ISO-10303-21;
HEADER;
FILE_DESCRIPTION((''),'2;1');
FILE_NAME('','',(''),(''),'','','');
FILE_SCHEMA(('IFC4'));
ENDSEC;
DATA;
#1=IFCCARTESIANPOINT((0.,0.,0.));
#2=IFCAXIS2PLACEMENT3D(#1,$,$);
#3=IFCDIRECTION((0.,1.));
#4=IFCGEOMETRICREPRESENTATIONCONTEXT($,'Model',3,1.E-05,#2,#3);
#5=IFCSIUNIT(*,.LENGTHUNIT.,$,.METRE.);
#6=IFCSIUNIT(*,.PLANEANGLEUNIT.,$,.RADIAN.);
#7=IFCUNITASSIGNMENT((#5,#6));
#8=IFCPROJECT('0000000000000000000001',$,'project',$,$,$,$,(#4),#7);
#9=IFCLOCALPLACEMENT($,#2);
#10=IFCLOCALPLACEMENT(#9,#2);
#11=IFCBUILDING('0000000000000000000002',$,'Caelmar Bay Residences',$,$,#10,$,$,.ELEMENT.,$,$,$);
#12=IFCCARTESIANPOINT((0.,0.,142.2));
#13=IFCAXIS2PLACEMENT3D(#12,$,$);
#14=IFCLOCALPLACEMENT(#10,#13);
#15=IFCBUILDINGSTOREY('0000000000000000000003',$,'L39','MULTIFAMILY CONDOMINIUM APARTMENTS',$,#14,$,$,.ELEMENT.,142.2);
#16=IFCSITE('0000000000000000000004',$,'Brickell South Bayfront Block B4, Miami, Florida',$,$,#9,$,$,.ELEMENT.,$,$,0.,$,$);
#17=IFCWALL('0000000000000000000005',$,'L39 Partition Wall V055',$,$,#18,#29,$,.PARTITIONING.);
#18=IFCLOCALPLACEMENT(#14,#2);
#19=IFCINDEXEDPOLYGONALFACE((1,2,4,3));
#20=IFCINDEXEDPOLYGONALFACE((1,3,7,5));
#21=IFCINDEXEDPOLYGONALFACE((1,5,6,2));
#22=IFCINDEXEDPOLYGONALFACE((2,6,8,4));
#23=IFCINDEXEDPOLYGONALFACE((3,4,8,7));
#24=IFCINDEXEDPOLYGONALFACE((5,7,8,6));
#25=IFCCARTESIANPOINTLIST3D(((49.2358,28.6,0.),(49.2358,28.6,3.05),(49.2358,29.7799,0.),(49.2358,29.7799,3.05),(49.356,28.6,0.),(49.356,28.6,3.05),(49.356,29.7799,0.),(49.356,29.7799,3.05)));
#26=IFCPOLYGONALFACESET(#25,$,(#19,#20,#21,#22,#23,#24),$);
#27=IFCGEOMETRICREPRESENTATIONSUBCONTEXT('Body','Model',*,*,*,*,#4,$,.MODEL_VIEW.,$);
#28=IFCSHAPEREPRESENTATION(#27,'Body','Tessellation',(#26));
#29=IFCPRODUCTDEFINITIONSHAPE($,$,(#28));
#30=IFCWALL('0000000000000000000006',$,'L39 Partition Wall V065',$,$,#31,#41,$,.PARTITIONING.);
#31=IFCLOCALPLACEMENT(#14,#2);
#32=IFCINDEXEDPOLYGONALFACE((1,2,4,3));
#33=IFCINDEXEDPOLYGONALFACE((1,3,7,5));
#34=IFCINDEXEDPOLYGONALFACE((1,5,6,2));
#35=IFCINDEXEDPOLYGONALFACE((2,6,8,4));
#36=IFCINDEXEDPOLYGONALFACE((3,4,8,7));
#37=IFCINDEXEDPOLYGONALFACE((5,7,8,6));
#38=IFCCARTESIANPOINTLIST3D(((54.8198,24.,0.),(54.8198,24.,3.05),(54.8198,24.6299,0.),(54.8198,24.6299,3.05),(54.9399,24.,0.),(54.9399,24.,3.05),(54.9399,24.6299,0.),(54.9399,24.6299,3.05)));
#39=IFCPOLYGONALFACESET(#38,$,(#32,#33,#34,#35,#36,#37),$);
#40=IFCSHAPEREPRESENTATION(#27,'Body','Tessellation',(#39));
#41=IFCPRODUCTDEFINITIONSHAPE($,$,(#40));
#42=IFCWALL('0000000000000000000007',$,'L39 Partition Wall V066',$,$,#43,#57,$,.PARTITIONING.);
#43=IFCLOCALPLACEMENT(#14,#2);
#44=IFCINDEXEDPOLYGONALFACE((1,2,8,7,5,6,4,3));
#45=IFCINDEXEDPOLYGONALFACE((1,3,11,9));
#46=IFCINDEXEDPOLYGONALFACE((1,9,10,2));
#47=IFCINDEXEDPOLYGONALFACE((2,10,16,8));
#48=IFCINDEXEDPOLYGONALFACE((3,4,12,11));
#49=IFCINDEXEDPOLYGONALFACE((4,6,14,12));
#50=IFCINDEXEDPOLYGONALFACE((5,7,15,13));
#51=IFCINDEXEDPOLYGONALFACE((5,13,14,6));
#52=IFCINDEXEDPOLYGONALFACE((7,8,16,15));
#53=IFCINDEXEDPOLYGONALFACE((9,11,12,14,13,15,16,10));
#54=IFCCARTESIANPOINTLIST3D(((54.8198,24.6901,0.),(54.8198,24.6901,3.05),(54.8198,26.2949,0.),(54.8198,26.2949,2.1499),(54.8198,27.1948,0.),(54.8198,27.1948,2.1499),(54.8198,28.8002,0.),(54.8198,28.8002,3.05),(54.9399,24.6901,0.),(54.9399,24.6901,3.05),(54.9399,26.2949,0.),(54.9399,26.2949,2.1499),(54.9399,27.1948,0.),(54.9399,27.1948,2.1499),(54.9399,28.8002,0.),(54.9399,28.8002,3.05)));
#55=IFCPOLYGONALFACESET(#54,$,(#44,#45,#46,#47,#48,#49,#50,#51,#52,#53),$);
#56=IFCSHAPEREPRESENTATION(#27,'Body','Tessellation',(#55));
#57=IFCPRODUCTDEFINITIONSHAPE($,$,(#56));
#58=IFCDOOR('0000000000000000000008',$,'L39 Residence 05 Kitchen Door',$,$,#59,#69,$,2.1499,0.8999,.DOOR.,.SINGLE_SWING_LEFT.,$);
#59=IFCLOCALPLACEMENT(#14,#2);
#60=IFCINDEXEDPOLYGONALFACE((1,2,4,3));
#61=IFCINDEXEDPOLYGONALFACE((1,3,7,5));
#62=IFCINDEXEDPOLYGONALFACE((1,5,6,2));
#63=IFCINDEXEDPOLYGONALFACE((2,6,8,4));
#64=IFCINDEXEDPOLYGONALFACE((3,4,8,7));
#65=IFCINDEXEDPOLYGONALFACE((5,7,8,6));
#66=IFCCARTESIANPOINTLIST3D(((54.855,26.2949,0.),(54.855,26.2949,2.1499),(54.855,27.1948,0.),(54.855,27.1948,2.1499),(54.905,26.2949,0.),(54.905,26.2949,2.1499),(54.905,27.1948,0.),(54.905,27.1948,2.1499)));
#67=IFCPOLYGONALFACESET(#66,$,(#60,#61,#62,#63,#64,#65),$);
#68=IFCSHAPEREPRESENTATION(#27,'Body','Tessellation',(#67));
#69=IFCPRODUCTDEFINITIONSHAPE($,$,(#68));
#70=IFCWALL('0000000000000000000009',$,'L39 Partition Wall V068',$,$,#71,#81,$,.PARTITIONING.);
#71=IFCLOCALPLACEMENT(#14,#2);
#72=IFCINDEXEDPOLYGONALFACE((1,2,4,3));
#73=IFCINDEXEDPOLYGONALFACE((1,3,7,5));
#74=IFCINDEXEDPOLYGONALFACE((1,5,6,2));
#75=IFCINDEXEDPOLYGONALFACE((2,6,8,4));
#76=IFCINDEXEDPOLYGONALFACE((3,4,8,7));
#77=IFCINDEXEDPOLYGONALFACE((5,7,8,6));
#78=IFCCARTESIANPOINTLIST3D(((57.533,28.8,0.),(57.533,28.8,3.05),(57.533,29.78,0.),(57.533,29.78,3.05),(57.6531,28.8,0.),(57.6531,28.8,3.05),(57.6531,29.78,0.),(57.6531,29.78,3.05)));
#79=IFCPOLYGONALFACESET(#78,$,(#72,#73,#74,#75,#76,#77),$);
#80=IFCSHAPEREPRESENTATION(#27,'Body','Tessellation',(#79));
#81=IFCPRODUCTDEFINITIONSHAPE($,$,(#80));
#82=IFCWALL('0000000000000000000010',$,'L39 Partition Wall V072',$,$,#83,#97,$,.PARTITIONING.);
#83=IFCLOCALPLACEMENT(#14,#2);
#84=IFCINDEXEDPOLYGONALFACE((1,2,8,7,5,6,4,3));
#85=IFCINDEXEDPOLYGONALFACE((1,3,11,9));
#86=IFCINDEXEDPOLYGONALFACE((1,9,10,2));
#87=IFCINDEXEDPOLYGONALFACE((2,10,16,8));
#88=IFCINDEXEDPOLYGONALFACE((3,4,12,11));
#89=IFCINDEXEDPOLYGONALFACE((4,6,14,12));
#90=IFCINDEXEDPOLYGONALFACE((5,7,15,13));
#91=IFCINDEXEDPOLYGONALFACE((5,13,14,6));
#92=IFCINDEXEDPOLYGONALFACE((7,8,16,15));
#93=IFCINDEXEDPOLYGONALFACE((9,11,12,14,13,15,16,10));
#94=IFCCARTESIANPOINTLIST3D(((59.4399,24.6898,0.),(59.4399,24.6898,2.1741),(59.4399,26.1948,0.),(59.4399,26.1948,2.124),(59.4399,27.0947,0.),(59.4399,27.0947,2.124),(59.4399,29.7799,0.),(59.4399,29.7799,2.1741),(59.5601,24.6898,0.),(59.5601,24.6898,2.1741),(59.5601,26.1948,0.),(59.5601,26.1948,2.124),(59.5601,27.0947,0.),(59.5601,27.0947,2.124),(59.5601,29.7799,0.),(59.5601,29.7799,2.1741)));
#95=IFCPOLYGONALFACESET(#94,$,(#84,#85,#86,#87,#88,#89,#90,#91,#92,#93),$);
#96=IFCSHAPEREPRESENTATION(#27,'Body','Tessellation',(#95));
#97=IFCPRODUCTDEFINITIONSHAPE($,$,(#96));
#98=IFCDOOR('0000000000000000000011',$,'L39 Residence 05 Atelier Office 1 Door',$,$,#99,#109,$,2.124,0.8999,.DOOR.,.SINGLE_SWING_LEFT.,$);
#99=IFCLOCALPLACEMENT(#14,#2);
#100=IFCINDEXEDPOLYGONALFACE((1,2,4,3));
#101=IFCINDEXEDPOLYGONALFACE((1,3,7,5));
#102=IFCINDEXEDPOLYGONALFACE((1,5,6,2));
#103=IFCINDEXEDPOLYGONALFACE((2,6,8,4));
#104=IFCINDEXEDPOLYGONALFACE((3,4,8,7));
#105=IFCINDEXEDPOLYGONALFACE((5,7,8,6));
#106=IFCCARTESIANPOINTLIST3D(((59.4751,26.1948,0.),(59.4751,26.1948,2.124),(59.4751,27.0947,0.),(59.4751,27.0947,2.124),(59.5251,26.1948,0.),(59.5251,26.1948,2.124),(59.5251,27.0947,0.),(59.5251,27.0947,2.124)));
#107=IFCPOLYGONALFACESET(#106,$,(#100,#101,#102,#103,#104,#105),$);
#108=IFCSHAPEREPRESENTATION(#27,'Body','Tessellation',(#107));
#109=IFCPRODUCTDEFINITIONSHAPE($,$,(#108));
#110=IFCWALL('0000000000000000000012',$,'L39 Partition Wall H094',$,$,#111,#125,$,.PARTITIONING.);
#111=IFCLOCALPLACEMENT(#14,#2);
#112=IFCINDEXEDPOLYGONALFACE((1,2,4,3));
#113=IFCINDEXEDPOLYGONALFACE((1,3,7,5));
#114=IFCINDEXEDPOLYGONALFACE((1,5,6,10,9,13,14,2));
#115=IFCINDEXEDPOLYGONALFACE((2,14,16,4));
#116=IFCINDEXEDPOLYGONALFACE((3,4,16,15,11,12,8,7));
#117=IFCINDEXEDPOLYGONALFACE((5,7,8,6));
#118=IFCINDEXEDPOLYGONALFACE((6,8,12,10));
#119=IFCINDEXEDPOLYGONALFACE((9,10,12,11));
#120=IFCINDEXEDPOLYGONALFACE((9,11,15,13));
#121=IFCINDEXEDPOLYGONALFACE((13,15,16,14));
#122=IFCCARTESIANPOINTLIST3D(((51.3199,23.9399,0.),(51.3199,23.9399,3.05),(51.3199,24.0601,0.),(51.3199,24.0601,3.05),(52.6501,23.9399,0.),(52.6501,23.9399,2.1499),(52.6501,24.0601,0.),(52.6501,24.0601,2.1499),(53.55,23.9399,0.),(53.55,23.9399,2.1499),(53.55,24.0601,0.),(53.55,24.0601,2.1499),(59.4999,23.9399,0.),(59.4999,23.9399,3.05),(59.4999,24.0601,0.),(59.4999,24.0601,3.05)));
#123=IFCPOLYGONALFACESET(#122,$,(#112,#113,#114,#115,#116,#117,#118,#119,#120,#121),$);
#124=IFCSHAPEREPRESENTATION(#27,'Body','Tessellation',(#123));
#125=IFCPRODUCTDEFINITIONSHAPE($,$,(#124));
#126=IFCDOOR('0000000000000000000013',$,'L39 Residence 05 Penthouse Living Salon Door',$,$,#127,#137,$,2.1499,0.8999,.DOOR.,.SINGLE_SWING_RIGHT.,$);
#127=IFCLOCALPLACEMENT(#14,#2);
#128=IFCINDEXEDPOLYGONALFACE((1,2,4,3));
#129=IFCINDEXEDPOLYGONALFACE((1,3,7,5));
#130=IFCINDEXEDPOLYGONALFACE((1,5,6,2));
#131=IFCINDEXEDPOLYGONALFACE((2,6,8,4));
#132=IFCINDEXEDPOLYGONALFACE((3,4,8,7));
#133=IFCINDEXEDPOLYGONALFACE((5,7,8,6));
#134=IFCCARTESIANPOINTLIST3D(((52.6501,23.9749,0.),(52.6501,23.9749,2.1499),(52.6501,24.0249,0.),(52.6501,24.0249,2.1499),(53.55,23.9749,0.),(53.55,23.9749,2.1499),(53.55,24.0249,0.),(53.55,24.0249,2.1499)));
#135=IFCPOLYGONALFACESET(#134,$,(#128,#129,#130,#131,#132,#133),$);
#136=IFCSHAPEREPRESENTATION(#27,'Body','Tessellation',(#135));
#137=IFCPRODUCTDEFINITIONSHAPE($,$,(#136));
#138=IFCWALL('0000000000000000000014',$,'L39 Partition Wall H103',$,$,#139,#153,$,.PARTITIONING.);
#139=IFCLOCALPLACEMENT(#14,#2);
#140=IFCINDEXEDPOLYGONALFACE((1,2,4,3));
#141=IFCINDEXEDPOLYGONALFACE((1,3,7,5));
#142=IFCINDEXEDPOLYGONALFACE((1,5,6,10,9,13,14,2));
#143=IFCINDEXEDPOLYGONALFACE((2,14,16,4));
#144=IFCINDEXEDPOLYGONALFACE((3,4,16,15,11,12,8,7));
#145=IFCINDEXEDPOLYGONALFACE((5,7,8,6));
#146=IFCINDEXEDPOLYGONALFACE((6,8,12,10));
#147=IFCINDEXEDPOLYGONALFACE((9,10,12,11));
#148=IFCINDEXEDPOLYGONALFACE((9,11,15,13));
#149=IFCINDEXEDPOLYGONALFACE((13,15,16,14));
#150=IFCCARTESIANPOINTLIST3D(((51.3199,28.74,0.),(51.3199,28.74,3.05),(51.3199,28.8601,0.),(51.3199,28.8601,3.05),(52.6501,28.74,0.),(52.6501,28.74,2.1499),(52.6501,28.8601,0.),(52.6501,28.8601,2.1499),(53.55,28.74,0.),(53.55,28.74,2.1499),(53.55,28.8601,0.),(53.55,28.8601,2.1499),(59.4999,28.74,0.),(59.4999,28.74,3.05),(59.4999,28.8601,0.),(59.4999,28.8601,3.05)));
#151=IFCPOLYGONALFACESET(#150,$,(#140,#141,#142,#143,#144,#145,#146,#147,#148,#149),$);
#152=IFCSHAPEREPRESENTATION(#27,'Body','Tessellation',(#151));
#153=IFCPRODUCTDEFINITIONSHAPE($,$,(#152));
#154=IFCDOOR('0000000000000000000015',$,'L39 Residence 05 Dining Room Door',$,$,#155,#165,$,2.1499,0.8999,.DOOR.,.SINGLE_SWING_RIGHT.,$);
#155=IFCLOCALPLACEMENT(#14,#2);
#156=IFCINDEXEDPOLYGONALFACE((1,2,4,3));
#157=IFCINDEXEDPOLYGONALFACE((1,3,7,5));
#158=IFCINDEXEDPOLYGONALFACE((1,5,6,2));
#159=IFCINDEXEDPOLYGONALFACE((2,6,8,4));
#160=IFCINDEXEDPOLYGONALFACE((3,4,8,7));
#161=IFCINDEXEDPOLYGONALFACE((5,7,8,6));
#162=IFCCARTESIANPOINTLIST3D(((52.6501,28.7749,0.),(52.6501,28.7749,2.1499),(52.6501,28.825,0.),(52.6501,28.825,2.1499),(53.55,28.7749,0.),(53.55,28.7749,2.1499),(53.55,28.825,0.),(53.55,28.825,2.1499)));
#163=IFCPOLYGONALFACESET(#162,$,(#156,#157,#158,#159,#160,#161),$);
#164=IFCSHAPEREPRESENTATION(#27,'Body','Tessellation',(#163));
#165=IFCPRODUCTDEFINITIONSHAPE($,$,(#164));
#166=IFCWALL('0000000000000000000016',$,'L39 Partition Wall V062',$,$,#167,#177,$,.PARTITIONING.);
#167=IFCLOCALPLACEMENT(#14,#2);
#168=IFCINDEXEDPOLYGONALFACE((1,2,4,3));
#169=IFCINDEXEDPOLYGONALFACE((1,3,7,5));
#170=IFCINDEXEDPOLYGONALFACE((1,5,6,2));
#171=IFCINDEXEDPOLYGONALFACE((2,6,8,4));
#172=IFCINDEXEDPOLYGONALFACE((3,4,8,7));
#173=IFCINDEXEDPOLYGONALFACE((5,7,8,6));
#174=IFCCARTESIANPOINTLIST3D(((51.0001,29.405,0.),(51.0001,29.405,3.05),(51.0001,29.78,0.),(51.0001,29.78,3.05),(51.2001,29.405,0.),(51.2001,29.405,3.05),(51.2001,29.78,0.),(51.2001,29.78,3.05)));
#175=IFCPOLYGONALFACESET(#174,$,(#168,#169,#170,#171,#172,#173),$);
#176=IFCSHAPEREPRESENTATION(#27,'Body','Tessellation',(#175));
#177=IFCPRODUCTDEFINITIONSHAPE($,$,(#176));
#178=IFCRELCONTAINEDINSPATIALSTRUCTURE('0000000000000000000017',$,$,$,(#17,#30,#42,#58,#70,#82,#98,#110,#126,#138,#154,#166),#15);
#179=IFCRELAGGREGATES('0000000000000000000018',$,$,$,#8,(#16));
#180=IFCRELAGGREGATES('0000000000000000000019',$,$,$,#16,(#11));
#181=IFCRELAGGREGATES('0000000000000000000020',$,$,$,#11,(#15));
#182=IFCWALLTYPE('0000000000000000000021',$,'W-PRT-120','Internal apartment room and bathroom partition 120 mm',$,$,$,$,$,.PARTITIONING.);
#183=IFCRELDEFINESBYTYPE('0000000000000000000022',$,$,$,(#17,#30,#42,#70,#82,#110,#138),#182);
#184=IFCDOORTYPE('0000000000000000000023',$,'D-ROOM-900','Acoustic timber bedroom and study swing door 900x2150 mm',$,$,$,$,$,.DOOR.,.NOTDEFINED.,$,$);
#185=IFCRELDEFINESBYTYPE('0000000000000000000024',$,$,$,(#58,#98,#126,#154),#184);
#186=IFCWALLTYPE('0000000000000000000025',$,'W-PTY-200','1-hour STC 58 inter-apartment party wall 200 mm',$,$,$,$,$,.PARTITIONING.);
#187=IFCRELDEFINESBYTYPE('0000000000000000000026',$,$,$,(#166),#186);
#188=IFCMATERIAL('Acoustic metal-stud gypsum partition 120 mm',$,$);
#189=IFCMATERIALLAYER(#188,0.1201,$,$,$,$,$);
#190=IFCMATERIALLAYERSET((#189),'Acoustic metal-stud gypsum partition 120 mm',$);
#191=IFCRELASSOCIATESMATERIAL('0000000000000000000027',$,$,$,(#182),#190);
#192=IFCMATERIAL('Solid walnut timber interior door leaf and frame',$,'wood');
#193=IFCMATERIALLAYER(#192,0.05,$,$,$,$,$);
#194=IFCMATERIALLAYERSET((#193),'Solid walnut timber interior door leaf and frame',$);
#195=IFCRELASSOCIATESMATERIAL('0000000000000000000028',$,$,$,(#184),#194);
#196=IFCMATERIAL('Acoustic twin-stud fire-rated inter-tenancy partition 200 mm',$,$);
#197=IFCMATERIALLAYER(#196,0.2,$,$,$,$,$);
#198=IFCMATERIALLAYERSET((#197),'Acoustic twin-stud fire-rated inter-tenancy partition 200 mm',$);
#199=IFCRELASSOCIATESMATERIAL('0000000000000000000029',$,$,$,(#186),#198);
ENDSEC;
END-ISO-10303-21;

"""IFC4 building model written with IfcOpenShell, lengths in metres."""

from ifc_helpers import new_model, si_unit, direction, frame, frame_2d, origin, place, context, subcontext, project, spatial, rectangle, extrude, material, layer, layer_set, type_object, element, fill, save


model = new_model("IFC4")

# Units and contexts
model_context = context("Model", 3, precision=1e-05, world=origin(), true_north=direction((0.0, 1.0)))
body_context = subcontext(model_context, "Body", "Model", "MODEL_VIEW")
ifc_project = project(units=[si_unit("LENGTHUNIT", "METRE"), si_unit("PLANEANGLEUNIT", "RADIAN")], contexts=[model_context])

# Site, building, storey
site_placement = place(None, origin())
site = spatial("IfcSite", under=ifc_project, at=site_placement, Name="Brickell South Bayfront Block B4, Miami, Florida", CompositionType="ELEMENT", RefElevation=0.0)
building_placement = place(site_placement, origin())
building = spatial("IfcBuilding", under=site, at=building_placement, Name="Caelmar Bay Residences", CompositionType="ELEMENT")
storey_placement = place(building_placement, frame((0.0, 0.0, 142.2)))
storey = spatial("IfcBuildingStorey", under=building, at=storey_placement, Name="L39", Description="MULTIFAMILY CONDOMINIUM APARTMENTS", CompositionType="ELEMENT", Elevation=142.2)

# Walls
ifc_material_1 = material(Name="Acoustic metal-stud gypsum partition 120 mm")
ifc_layer_1 = layer(ifc_material_1, 0.1201)
ifc_layer_set_1 = layer_set([ifc_layer_1], Name="Acoustic metal-stud gypsum partition 120 mm")
wall_type_1 = type_object("IfcWallType", Name="W-PRT-120", Description="Internal apartment room and bathroom partition 120 mm", PredefinedType="PARTITIONING", material=ifc_layer_set_1)
wall_1_placement = place(storey_placement, frame((49.2959, 28.6001, 0.0), z_axis=(0.0, 0.0, 1.0), x_axis=(0.0, 1.0, 0.0)))
element("IfcWall", 1, at=wall_1_placement, inside=storey, type_object=wall_type_1, Name="L39 Partition Wall V055", PredefinedType="PARTITIONING", context=body_context, shape_type="SweptSolid", body=[
    extrude(rectangle(XDim=1.1799, YDim=0.1201, at=frame_2d((0.5898, 0.0))), origin(), (0.0, 0.0, 1.0), 3.05),
])
wall_2_placement = place(storey_placement, frame((54.8799, 24.0, 0.0), z_axis=(0.0, 0.0, 1.0), x_axis=(0.0, 1.0, 0.0)))
element("IfcWall", 2, at=wall_2_placement, inside=storey, type_object=wall_type_1, Name="L39 Partition Wall V065", PredefinedType="PARTITIONING", context=body_context, shape_type="SweptSolid", body=[
    extrude(rectangle(XDim=0.6299, YDim=0.1201, at=frame_2d((0.3149, 0.0))), origin(), (0.0, 0.0, 1.0), 3.05),
])

# Wall, opening, door
wall_3_placement = place(storey_placement, frame((54.8799, 24.6899, 0.0), z_axis=(0.0, 0.0, 1.0), x_axis=(0.0, 1.0, 0.0)))
wall_3 = element("IfcWall", 3, at=wall_3_placement, inside=storey, type_object=wall_type_1, Name="L39 Partition Wall V066", PredefinedType="PARTITIONING", context=body_context, shape_type="SweptSolid", body=[
    extrude(rectangle(XDim=4.1101, YDim=0.1201, at=frame_2d((2.0552, 0.0))), origin(), (0.0, 0.0, 1.0), 3.05),
])
opening_1_placement = place(wall_3_placement, frame((1.605, 0.0, 0.0)))
opening_1 = element("IfcOpeningElement", 4, at=opening_1_placement, cuts=wall_3, PredefinedType="OPENING", context=body_context, shape_type="SweptSolid", body=[
    extrude(rectangle(XDim=0.8999, YDim=2.1499, at=frame_2d((0.45, 1.075))), frame((0.0, 0.0701, 0.0), z_axis=(0.0, -1.0, 0.0), x_axis=(1.0, 0.0, 0.0)), (0.0, 0.0, 1.0), 0.1401),
])
ifc_material_2 = material(Name="Solid walnut timber interior door leaf and frame", Category="wood")
ifc_layer_2 = layer(ifc_material_2, 0.05)
ifc_layer_set_2 = layer_set([ifc_layer_2], Name="Solid walnut timber interior door leaf and frame")
door_type = type_object("IfcDoorType", Name="D-ROOM-900", Description="Acoustic timber bedroom and study swing door 900x2150 mm", OperationType="NOTDEFINED", PredefinedType="DOOR", material=ifc_layer_set_2)
door_1_placement = place(opening_1_placement, origin())
door_1 = element("IfcDoor", 5, at=door_1_placement, inside=storey, type_object=door_type, Name="L39 Residence 05 Kitchen Door", OperationType="SINGLE_SWING_LEFT", OverallHeight=2.1499, OverallWidth=0.8999, PredefinedType="DOOR", context=body_context, shape_type="SweptSolid", body=[
    extrude(rectangle(XDim=0.8999, YDim=2.1499, at=frame_2d((0.45, 1.075))), frame((0.0, 0.0249, 0.0), z_axis=(0.0, -1.0, 0.0), x_axis=(1.0, 0.0, 0.0)), (0.0, 0.0, 1.0), 0.05),
])
fill(opening_1, door_1)

# Wall
wall_4_placement = place(storey_placement, frame((57.593, 28.8, 0.0), z_axis=(0.0, 0.0, 1.0), x_axis=(0.0, 1.0, 0.0)))
element("IfcWall", 6, at=wall_4_placement, inside=storey, type_object=wall_type_1, Name="L39 Partition Wall V068", PredefinedType="PARTITIONING", context=body_context, shape_type="SweptSolid", body=[
    extrude(rectangle(XDim=0.98, YDim=0.1201, at=frame_2d((0.49, 0.0))), origin(), (0.0, 0.0, 1.0), 3.05),
])

# Walls, openings, doors
wall_5_placement = place(storey_placement, frame((59.5, 24.6899, 0.0), z_axis=(0.0, 0.0, 1.0), x_axis=(0.0, 1.0, 0.0)))
wall_5 = element("IfcWall", 7, at=wall_5_placement, inside=storey, type_object=wall_type_1, Name="L39 Partition Wall V072", PredefinedType="PARTITIONING", context=body_context, shape_type="SweptSolid", body=[
    extrude(rectangle(XDim=5.0901, YDim=0.1201, at=frame_2d((2.5449, 0.0))), origin(), (0.0, 0.0, 1.0), 2.1741),
])
opening_2_placement = place(wall_5_placement, frame((1.5049, 0.0, 0.0)))
opening_2 = element("IfcOpeningElement", 8, at=opening_2_placement, cuts=wall_5, PredefinedType="OPENING", context=body_context, shape_type="SweptSolid", body=[
    extrude(rectangle(XDim=0.8999, YDim=2.124, at=frame_2d((0.45, 1.062))), frame((0.0, 0.0701, 0.0), z_axis=(0.0, -1.0, 0.0), x_axis=(1.0, 0.0, 0.0)), (0.0, 0.0, 1.0), 0.1401),
])
door_2_placement = place(opening_2_placement, origin())
door_2 = element("IfcDoor", 9, at=door_2_placement, inside=storey, type_object=door_type, Name="L39 Residence 05 Atelier Office 1 Door", OperationType="SINGLE_SWING_LEFT", OverallHeight=2.124, OverallWidth=0.8999, PredefinedType="DOOR", context=body_context, shape_type="SweptSolid", body=[
    extrude(rectangle(XDim=0.8999, YDim=2.124, at=frame_2d((0.45, 1.062))), frame((0.0, 0.0249, 0.0), z_axis=(0.0, -1.0, 0.0), x_axis=(1.0, 0.0, 0.0)), (0.0, 0.0, 1.0), 0.05),
])
fill(opening_2, door_2)
wall_6_placement = place(storey_placement, frame((51.3201, 24.0, 0.0), z_axis=(0.0, 0.0, 1.0), x_axis=(1.0, 0.0, 0.0)))
wall_6 = element("IfcWall", 10, at=wall_6_placement, inside=storey, type_object=wall_type_1, Name="L39 Partition Wall H094", PredefinedType="PARTITIONING", context=body_context, shape_type="SweptSolid", body=[
    extrude(rectangle(XDim=8.1799, YDim=0.1201, at=frame_2d((4.0898, 0.0))), origin(), (0.0, 0.0, 1.0), 3.05),
])
opening_3_placement = place(wall_6_placement, frame((1.3301, 0.0, 0.0)))
opening_3 = element("IfcOpeningElement", 11, at=opening_3_placement, cuts=wall_6, PredefinedType="OPENING", context=body_context, shape_type="SweptSolid", body=[
    extrude(rectangle(XDim=0.8999, YDim=2.1499, at=frame_2d((0.45, 1.075))), frame((0.0, 0.0701, 0.0), z_axis=(0.0, -1.0, 0.0), x_axis=(1.0, 0.0, 0.0)), (0.0, 0.0, 1.0), 0.1401),
])
door_3_placement = place(opening_3_placement, origin())
door_3 = element("IfcDoor", 12, at=door_3_placement, inside=storey, type_object=door_type, Name="L39 Residence 05 Penthouse Living Salon Door", OperationType="SINGLE_SWING_RIGHT", OverallHeight=2.1499, OverallWidth=0.8999, PredefinedType="DOOR", context=body_context, shape_type="SweptSolid", body=[
    extrude(rectangle(XDim=0.8999, YDim=2.1499, at=frame_2d((0.45, 1.075))), frame((0.0, 0.0249, 0.0), z_axis=(0.0, -1.0, 0.0), x_axis=(1.0, 0.0, 0.0)), (0.0, 0.0, 1.0), 0.05),
])
fill(opening_3, door_3)
wall_7_placement = place(storey_placement, frame((51.3201, 28.8, 0.0), z_axis=(0.0, 0.0, 1.0), x_axis=(1.0, 0.0, 0.0)))
wall_7 = element("IfcWall", 13, at=wall_7_placement, inside=storey, type_object=wall_type_1, Name="L39 Partition Wall H103", PredefinedType="PARTITIONING", context=body_context, shape_type="SweptSolid", body=[
    extrude(rectangle(XDim=8.1799, YDim=0.1201, at=frame_2d((4.0898, 0.0))), origin(), (0.0, 0.0, 1.0), 3.05),
])
opening_4_placement = place(wall_7_placement, frame((1.3301, 0.0, 0.0)))
opening_4 = element("IfcOpeningElement", 14, at=opening_4_placement, cuts=wall_7, PredefinedType="OPENING", context=body_context, shape_type="SweptSolid", body=[
    extrude(rectangle(XDim=0.8999, YDim=2.1499, at=frame_2d((0.45, 1.075))), frame((0.0, 0.0701, 0.0), z_axis=(0.0, -1.0, 0.0), x_axis=(1.0, 0.0, 0.0)), (0.0, 0.0, 1.0), 0.1401),
])
door_4_placement = place(opening_4_placement, origin())
door_4 = element("IfcDoor", 15, at=door_4_placement, inside=storey, type_object=door_type, Name="L39 Residence 05 Dining Room Door", OperationType="SINGLE_SWING_RIGHT", OverallHeight=2.1499, OverallWidth=0.8999, PredefinedType="DOOR", context=body_context, shape_type="SweptSolid", body=[
    extrude(rectangle(XDim=0.8999, YDim=2.1499, at=frame_2d((0.45, 1.075))), frame((0.0, 0.0249, 0.0), z_axis=(0.0, -1.0, 0.0), x_axis=(1.0, 0.0, 0.0)), (0.0, 0.0, 1.0), 0.05),
])
fill(opening_4, door_4)

# Wall
ifc_material_3 = material(Name="Acoustic twin-stud fire-rated inter-tenancy partition 200 mm")
ifc_layer_3 = layer(ifc_material_3, 0.2)
ifc_layer_set_3 = layer_set([ifc_layer_3], Name="Acoustic twin-stud fire-rated inter-tenancy partition 200 mm")
wall_type_2 = type_object("IfcWallType", Name="W-PTY-200", Description="1-hour STC 58 inter-apartment party wall 200 mm", PredefinedType="PARTITIONING", material=ifc_layer_set_3)
wall_8_placement = place(storey_placement, frame((51.1001, 29.405, 0.0), z_axis=(0.0, 0.0, 1.0), x_axis=(0.0, 1.0, 0.0)))
element("IfcWall", 16, at=wall_8_placement, inside=storey, type_object=wall_type_2, Name="L39 Partition Wall V062", PredefinedType="PARTITIONING", context=body_context, shape_type="SweptSolid", body=[
    extrude(rectangle(XDim=0.375, YDim=0.2, at=frame_2d((0.1875, 0.0))), origin(), (0.0, 0.0, 1.0), 3.05),
])

save(model, "model.ifc")
